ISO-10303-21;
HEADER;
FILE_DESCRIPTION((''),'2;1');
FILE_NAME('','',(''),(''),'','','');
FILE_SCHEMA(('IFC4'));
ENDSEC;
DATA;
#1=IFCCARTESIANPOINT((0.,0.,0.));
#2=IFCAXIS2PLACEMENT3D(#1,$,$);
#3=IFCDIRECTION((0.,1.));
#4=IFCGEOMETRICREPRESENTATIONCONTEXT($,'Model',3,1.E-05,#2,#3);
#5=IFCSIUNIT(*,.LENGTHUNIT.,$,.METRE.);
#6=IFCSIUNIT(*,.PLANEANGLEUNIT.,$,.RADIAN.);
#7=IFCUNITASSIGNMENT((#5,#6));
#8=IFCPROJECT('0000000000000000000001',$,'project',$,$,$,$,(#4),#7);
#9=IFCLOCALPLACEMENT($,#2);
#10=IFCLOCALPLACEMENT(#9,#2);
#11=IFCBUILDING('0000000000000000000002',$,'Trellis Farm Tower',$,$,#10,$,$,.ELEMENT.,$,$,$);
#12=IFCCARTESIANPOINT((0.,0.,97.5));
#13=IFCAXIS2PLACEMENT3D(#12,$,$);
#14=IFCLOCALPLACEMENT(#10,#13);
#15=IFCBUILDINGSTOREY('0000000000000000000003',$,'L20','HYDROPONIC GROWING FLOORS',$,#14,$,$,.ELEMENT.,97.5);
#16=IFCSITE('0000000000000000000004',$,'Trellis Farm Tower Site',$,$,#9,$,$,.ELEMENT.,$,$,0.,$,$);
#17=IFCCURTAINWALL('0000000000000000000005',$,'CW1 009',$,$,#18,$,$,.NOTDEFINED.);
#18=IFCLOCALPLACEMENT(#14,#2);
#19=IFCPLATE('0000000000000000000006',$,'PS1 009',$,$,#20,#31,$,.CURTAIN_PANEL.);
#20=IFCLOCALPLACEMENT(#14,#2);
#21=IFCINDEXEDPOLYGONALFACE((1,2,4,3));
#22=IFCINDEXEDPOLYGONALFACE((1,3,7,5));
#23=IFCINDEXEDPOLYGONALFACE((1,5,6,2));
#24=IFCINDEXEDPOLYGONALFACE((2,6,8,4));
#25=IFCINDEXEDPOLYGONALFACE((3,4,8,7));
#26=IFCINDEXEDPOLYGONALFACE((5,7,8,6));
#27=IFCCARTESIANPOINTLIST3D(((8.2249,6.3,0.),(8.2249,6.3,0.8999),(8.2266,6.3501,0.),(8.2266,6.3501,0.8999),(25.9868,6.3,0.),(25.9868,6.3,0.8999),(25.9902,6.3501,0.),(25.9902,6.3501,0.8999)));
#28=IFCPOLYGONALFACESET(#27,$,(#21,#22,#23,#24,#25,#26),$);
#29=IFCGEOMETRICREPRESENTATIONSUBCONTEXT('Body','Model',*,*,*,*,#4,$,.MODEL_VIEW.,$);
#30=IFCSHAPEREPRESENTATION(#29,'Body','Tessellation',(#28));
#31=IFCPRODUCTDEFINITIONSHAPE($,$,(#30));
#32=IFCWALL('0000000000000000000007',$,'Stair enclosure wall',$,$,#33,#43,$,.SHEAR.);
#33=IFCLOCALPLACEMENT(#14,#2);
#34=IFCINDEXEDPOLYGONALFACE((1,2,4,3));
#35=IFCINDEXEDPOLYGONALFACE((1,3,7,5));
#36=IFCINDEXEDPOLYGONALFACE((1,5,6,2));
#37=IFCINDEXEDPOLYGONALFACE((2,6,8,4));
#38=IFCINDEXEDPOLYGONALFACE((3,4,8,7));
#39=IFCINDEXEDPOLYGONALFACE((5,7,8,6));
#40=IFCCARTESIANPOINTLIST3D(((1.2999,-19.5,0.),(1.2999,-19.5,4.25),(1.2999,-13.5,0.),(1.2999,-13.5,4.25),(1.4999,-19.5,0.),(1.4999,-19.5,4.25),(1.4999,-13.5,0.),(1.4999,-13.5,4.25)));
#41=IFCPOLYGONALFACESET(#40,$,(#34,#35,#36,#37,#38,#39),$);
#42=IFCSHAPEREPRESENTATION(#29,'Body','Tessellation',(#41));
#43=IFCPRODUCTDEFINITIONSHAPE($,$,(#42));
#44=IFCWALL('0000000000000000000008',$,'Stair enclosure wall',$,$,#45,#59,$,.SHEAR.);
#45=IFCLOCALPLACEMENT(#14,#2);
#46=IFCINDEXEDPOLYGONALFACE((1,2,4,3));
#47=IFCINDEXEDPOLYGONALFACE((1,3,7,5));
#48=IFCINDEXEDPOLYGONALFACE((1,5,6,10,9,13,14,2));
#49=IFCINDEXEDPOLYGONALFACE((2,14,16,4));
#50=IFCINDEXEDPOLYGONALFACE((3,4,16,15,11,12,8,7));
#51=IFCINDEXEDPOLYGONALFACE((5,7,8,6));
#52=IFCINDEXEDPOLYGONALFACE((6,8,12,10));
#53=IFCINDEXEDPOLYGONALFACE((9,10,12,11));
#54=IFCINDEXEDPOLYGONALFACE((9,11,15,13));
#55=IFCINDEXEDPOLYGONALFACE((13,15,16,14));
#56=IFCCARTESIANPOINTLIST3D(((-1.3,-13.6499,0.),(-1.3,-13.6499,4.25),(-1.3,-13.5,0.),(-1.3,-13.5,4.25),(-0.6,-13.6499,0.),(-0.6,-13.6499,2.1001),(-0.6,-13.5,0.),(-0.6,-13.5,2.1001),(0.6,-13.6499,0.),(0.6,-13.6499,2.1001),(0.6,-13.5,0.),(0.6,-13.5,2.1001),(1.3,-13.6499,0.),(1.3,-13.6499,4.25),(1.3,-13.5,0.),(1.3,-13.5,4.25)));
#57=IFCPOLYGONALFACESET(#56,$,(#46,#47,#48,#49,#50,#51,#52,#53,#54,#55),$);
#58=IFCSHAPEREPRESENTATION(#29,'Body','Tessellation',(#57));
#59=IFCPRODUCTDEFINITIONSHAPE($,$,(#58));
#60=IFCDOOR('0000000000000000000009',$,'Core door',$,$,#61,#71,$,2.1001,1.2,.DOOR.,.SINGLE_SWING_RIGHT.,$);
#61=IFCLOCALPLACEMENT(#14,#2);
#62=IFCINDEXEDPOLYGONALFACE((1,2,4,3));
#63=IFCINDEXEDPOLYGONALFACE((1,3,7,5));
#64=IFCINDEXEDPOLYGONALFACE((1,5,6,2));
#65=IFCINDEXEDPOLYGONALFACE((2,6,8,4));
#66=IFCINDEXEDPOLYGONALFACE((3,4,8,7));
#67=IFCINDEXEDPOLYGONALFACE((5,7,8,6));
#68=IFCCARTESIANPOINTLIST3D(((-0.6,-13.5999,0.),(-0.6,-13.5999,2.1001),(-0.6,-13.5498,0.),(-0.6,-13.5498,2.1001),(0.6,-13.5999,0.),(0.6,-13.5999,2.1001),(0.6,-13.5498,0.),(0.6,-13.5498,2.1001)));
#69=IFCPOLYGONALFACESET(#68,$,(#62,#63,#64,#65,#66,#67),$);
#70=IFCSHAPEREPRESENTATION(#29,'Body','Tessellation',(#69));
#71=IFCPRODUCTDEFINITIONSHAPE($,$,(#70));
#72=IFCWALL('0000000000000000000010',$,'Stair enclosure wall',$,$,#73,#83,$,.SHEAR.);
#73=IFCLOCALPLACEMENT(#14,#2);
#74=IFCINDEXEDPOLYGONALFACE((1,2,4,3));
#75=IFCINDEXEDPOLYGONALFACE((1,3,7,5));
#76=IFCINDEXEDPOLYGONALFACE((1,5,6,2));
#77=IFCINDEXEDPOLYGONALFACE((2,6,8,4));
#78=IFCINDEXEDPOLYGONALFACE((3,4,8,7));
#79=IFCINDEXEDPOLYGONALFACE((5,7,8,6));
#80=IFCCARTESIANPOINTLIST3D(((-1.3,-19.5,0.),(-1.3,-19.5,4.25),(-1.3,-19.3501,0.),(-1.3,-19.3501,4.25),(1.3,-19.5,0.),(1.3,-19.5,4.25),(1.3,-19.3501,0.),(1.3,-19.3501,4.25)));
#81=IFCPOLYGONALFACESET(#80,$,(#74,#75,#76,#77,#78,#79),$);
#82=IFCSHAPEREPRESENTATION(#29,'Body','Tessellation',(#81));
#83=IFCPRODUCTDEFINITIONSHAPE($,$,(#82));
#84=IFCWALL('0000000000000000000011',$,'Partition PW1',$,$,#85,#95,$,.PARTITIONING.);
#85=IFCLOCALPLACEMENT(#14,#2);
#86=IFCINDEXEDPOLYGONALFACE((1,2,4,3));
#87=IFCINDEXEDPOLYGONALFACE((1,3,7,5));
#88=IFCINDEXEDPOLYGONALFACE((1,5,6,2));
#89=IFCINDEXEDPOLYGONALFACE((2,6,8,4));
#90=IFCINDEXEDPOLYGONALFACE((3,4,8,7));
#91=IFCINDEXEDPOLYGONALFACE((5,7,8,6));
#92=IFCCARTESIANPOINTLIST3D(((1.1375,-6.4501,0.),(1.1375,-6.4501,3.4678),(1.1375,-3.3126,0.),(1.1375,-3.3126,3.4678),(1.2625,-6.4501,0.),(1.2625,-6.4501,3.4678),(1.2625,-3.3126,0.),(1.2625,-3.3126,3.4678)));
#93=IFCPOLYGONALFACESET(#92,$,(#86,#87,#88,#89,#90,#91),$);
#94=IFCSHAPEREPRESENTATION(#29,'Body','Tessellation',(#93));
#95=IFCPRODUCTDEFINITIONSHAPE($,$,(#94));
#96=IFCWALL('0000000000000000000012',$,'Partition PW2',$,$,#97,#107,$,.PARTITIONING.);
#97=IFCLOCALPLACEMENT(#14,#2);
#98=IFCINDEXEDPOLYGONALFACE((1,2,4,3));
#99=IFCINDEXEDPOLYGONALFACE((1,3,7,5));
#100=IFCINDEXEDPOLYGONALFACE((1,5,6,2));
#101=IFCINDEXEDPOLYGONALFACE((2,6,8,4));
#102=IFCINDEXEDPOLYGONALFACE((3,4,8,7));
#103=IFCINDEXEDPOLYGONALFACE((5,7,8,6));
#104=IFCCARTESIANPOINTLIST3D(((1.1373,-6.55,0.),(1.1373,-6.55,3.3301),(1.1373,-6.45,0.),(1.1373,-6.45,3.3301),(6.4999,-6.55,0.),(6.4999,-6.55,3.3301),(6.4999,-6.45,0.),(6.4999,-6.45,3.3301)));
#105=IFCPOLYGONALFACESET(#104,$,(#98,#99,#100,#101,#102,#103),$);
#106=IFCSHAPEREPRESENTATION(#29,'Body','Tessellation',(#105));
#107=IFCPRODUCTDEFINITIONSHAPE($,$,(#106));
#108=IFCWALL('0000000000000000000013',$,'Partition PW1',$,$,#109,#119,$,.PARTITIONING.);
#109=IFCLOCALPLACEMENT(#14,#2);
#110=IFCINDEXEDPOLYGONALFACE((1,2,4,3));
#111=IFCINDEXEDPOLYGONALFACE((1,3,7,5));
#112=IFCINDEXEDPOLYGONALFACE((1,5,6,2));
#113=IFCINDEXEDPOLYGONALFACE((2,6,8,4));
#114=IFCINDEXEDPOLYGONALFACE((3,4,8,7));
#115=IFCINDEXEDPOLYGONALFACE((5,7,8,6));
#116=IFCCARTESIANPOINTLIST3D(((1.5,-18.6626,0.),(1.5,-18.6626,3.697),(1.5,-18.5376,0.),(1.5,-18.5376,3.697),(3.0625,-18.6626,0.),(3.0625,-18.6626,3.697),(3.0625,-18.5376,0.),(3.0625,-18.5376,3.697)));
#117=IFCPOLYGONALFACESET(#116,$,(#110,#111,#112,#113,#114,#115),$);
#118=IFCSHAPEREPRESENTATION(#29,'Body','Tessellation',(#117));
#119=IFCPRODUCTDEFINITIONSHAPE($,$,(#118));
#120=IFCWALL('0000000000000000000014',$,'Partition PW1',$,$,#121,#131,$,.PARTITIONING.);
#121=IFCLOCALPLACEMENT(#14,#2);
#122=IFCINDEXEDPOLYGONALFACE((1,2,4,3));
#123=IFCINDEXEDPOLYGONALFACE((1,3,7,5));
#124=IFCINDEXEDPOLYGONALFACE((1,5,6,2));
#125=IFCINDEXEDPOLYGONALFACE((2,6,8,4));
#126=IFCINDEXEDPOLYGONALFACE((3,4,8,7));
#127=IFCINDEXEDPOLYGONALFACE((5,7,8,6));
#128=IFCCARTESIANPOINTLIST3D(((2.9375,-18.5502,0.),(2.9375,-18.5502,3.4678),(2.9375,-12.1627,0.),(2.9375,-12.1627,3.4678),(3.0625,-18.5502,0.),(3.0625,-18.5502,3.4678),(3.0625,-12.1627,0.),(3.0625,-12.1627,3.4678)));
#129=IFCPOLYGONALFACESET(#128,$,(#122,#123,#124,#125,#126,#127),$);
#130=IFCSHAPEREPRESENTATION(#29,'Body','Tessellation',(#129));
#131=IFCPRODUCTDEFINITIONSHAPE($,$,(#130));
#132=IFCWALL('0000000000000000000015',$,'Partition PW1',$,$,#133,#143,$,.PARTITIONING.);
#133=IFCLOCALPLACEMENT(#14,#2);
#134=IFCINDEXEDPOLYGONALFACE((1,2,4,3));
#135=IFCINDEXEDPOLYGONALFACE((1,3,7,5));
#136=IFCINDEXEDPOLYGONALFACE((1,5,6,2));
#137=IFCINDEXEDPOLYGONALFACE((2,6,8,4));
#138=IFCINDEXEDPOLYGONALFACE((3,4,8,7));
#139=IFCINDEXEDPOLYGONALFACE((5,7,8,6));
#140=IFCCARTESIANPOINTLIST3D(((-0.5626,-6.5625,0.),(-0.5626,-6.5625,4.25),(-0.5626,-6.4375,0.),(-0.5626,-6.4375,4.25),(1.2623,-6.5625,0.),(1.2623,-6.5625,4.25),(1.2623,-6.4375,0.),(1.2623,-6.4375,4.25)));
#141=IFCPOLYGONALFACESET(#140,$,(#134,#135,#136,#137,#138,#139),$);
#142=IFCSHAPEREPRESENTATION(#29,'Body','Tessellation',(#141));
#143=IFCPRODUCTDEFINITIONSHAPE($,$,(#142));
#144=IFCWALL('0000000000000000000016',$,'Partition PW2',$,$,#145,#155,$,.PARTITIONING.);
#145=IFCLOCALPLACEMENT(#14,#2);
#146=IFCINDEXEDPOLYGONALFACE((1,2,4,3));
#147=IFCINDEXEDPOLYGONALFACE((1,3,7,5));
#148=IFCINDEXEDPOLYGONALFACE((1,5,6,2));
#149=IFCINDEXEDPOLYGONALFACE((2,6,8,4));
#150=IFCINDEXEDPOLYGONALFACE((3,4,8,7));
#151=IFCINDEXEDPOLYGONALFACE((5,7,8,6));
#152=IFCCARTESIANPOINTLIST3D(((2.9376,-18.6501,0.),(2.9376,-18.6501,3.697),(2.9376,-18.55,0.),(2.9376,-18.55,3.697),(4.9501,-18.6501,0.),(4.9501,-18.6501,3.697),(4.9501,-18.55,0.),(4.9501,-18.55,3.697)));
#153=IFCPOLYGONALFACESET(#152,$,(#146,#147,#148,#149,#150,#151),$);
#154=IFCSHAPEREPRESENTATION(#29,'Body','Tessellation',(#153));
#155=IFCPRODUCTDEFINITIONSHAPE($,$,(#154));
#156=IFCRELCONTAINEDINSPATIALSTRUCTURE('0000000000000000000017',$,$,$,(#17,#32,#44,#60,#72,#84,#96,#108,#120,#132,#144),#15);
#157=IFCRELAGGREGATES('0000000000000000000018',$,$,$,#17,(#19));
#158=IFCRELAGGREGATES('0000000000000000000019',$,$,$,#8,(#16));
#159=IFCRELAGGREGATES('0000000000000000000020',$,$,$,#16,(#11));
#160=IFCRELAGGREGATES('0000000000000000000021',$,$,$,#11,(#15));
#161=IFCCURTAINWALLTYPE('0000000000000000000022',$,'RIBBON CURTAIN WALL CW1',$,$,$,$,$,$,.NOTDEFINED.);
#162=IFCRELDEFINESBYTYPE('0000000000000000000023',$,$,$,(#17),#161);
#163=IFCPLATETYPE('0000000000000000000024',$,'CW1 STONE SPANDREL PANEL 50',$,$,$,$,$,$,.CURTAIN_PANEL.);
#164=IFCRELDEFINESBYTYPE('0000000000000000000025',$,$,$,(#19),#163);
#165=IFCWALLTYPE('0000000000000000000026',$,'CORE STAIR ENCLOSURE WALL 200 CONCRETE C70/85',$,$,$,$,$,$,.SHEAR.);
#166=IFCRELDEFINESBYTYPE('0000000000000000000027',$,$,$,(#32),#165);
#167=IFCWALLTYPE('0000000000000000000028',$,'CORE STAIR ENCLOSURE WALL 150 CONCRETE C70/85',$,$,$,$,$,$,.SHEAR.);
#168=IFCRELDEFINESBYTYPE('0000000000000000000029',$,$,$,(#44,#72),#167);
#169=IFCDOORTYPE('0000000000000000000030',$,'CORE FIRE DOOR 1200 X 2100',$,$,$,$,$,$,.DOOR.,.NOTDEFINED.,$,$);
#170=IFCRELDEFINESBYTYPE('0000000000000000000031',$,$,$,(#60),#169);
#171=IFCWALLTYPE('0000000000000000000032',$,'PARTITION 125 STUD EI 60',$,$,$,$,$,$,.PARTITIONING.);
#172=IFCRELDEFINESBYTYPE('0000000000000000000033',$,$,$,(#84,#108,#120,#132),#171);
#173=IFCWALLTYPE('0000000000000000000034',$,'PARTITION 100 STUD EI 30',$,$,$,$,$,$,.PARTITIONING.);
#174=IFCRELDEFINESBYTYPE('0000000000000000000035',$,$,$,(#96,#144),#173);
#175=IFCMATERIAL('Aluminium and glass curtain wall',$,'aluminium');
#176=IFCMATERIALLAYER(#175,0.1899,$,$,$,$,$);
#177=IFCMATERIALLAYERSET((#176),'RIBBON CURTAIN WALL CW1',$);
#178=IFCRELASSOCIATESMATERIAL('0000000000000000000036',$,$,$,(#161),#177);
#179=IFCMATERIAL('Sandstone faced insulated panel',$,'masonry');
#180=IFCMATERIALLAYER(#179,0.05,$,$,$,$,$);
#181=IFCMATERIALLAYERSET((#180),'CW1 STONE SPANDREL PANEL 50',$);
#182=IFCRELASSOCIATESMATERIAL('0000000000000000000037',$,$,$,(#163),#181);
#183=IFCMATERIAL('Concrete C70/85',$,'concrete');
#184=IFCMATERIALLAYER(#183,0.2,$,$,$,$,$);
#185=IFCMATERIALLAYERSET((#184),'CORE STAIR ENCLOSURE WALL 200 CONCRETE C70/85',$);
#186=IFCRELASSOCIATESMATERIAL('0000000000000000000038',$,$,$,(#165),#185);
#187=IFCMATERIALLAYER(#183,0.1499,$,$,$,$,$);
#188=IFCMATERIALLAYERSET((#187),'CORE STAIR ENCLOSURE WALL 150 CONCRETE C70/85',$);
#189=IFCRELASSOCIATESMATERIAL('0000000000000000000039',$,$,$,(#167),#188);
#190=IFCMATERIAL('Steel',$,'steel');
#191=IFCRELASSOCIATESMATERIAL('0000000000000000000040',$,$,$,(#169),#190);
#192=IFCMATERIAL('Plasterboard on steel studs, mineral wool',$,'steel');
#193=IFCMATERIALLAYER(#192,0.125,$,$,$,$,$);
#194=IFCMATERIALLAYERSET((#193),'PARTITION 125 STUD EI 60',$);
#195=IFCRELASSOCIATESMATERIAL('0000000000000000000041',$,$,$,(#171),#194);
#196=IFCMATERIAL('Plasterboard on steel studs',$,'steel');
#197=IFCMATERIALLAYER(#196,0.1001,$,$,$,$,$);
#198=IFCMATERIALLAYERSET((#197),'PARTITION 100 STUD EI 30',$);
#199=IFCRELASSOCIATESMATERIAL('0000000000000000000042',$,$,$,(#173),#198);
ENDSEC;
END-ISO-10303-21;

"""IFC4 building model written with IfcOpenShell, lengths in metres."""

from ifc_helpers import new_model, si_unit, direction, frame, frame_2d, origin, place, context, subcontext, project, spatial, polyline, rectangle, outline, extrude, source, transform, mapped, material, layer, layer_set, type_object, element, fill, aggregate, save


model = new_model("IFC4")

# Units and contexts
model_context = context("Model", 3, precision=1e-05, world=origin(), true_north=direction((0.0, 1.0)))
body_context = subcontext(model_context, "Body", "Model", "MODEL_VIEW")
ifc_project = project(units=[si_unit("LENGTHUNIT", "METRE"), si_unit("PLANEANGLEUNIT", "RADIAN")], contexts=[model_context])

# Site, building, storey
site_placement = place(None, origin())
site = spatial("IfcSite", under=ifc_project, at=site_placement, Name="Trellis Farm Tower Site", CompositionType="ELEMENT", RefElevation=0.0)
building_placement = place(site_placement, origin())
building = spatial("IfcBuilding", under=site, at=building_placement, Name="Trellis Farm Tower", CompositionType="ELEMENT")
storey_placement = place(building_placement, frame((0.0, 0.0, 97.5)))
storey = spatial("IfcBuildingStorey", under=building, at=storey_placement, Name="L20", Description="HYDROPONIC GROWING FLOORS", CompositionType="ELEMENT", Elevation=97.5)

# Shared definitions
ifc_material_1 = material(Name="Aluminium and glass curtain wall", Category="aluminium")
ifc_layer_1 = layer(ifc_material_1, 0.1899)
ifc_layer_set_1 = layer_set([ifc_layer_1], Name="RIBBON CURTAIN WALL CW1")
curtain_wall_type_1 = type_object("IfcCurtainWallType", Name="RIBBON CURTAIN WALL CW1", PredefinedType="NOTDEFINED", material=ifc_layer_set_1)
placement_1 = place(storey_placement, origin())

# Curtain wall
curtain_wall_1 = element("IfcCurtainWall", 1, at=placement_1, inside=storey, type_object=curtain_wall_type_1, Name="CW1 009", PredefinedType="NOTDEFINED")

# Shared definitions
ifc_material_2 = material(Name="Sandstone faced insulated panel", Category="masonry")
ifc_layer_2 = layer(ifc_material_2, 0.05)
ifc_layer_set_2 = layer_set([ifc_layer_2], Name="CW1 STONE SPANDREL PANEL 50")
plate_type_1 = type_object("IfcPlateType", Name="CW1 STONE SPANDREL PANEL 50", PredefinedType="CURTAIN_PANEL", material=ifc_layer_set_2)

# Plate
shared_shape_1 = source(origin(), body_context, "Body", "SweptSolid", [
    extrude(outline(polyline([(25.9902, 6.3501), (8.2266, 6.3501), (8.2249, 6.3), (25.9868, 6.3), (25.9902, 6.3501)])), origin(), (0.0, 0.0, 1.0), 0.8999),
])
plate_1 = element("IfcPlate", 2, at=placement_1, type_object=plate_type_1, Name="PS1 009", PredefinedType="CURTAIN_PANEL", context=body_context, shape_type="MappedRepresentation", body=[
    mapped(shared_shape_1, transform((0.0, 0.0, 0.0))),
])
aggregate(curtain_wall_1, [plate_1])

# Wall
ifc_material_3 = material(Name="Concrete C70/85", Category="concrete")
ifc_layer_3 = layer(ifc_material_3, 0.2)
ifc_layer_set_3 = layer_set([ifc_layer_3], Name="CORE STAIR ENCLOSURE WALL 200 CONCRETE C70/85")
wall_type_1 = type_object("IfcWallType", Name="CORE STAIR ENCLOSURE WALL 200 CONCRETE C70/85", PredefinedType="SHEAR", material=ifc_layer_set_3)
shared_shape_2 = source(origin(), body_context, "Body", "SweptSolid", [
    extrude(rectangle(XDim=6.0, YDim=0.2, at=frame_2d((3.0, 0.0))), origin(), (0.0, 0.0, 1.0), 4.25),
])
wall_1_placement = place(storey_placement, frame((1.3999, -13.5, 0.0), z_axis=(0.0, 0.0, 1.0), x_axis=(0.0, -1.0, 0.0)))
element("IfcWall", 3, at=wall_1_placement, inside=storey, type_object=wall_type_1, Name="Stair enclosure wall", PredefinedType="SHEAR", context=body_context, shape_type="MappedRepresentation", body=[
    mapped(shared_shape_2, transform((0.0, 0.0, 0.0))),
])

# Wall, opening, door
ifc_layer_4 = layer(ifc_material_3, 0.1499)
ifc_layer_set_4 = layer_set([ifc_layer_4], Name="CORE STAIR ENCLOSURE WALL 150 CONCRETE C70/85")
wall_type_2 = type_object("IfcWallType", Name="CORE STAIR ENCLOSURE WALL 150 CONCRETE C70/85", PredefinedType="SHEAR", material=ifc_layer_set_4)
shared_shape_3 = source(origin(), body_context, "Body", "SweptSolid", [
    extrude(rectangle(XDim=2.6001, YDim=0.1499, at=frame_2d((1.3, 0.0))), origin(), (0.0, 0.0, 1.0), 4.25),
])
wall_2_placement = place(storey_placement, frame((1.3, -13.575, 0.0), z_axis=(0.0, 0.0, 1.0), x_axis=(-1.0, 0.0, 0.0)))
wall_2 = element("IfcWall", 4, at=wall_2_placement, inside=storey, type_object=wall_type_2, Name="Stair enclosure wall", PredefinedType="SHEAR", context=body_context, shape_type="MappedRepresentation", body=[
    mapped(shared_shape_3, transform((0.0, 0.0, 0.0))),
])
shared_shape_4 = source(origin(), body_context, "Body", "SweptSolid", [
    extrude(rectangle(XDim=1.2, YDim=2.1001, at=frame_2d((0.6001, 1.05))), frame((0.0, 0.085, 0.0), z_axis=(0.0, -1.0, 0.0), x_axis=(1.0, 0.0, 0.0)), (0.0, 0.0, 1.0), 0.1699),
])
opening_placement = place(wall_2_placement, frame((0.7, 0.0, 0.0)))
opening = element("IfcOpeningElement", 5, at=opening_placement, cuts=wall_2, PredefinedType="OPENING", context=body_context, shape_type="MappedRepresentation", body=[
    mapped(shared_shape_4, transform((0.0, 0.0, 0.0))),
])
ifc_material_4 = material(Name="Steel", Category="steel")
door_type = type_object("IfcDoorType", Name="CORE FIRE DOOR 1200 X 2100", OperationType="NOTDEFINED", PredefinedType="DOOR", material=ifc_material_4)
shared_shape_5 = source(origin(), body_context, "Body", "SweptSolid", [
    extrude(rectangle(XDim=1.2, YDim=2.1001, at=frame_2d((0.6001, 1.05))), frame((0.0, 0.0249, 0.0), z_axis=(0.0, -1.0, 0.0), x_axis=(1.0, 0.0, 0.0)), (0.0, 0.0, 1.0), 0.05),
])
door_placement = place(opening_placement, origin())
door = element("IfcDoor", 6, at=door_placement, inside=storey, type_object=door_type, Name="Core door", OperationType="SINGLE_SWING_RIGHT", OverallHeight=2.1001, OverallWidth=1.2, PredefinedType="DOOR", context=body_context, shape_type="MappedRepresentation", body=[
    mapped(shared_shape_5, transform((0.0, 0.0, 0.0))),
])
fill(opening, door)

# Walls
wall_3_placement = place(storey_placement, frame((1.3, -19.425, 0.0), z_axis=(0.0, 0.0, 1.0), x_axis=(-1.0, 0.0, 0.0)))
element("IfcWall", 7, at=wall_3_placement, inside=storey, type_object=wall_type_2, Name="Stair enclosure wall", PredefinedType="SHEAR", context=body_context, shape_type="MappedRepresentation", body=[
    mapped(shared_shape_3, transform((0.0, 0.0, 0.0))),
])
ifc_material_5 = material(Name="Plasterboard on steel studs, mineral wool", Category="steel")
ifc_layer_5 = layer(ifc_material_5, 0.125)
ifc_layer_set_5 = layer_set([ifc_layer_5], Name="PARTITION 125 STUD EI 60")
wall_type_3 = type_object("IfcWallType", Name="PARTITION 125 STUD EI 60", PredefinedType="PARTITIONING", material=ifc_layer_set_5)
shared_shape_6 = source(origin(), body_context, "Body", "SweptSolid", [
    extrude(rectangle(XDim=3.1375, YDim=0.125, at=frame_2d((1.5688, 0.0))), origin(), (0.0, 0.0, 1.0), 3.4678),
])
wall_4_placement = place(storey_placement, frame((1.2, -3.3125, 0.0), z_axis=(0.0, 0.0, 1.0), x_axis=(0.0, -1.0, 0.0)))
element("IfcWall", 8, at=wall_4_placement, inside=storey, type_object=wall_type_3, Name="Partition PW1", PredefinedType="PARTITIONING", context=body_context, shape_type="MappedRepresentation", body=[
    mapped(shared_shape_6, transform((0.0, 0.0, 0.0))),
])
ifc_material_6 = material(Name="Plasterboard on steel studs", Category="steel")
ifc_layer_6 = layer(ifc_material_6, 0.1001)
ifc_layer_set_6 = layer_set([ifc_layer_6], Name="PARTITION 100 STUD EI 30")
wall_type_4 = type_object("IfcWallType", Name="PARTITION 100 STUD EI 30", PredefinedType="PARTITIONING", material=ifc_layer_set_6)
shared_shape_7 = source(origin(), body_context, "Body", "SweptSolid", [
    extrude(rectangle(XDim=5.3625, YDim=0.1001, at=frame_2d((2.6812, 0.0))), origin(), (0.0, 0.0, 1.0), 3.3301),
])
wall_5_placement = place(storey_placement, frame((1.1375, -6.5, 0.0), z_axis=(0.0, 0.0, 1.0), x_axis=(1.0, 0.0, 0.0)))
element("IfcWall", 9, at=wall_5_placement, inside=storey, type_object=wall_type_4, Name="Partition PW2", PredefinedType="PARTITIONING", context=body_context, shape_type="MappedRepresentation", body=[
    mapped(shared_shape_7, transform((0.0, 0.0, 0.0))),
])
shared_shape_8 = source(origin(), body_context, "Body", "SweptSolid", [
    extrude(rectangle(XDim=1.5625, YDim=0.125, at=frame_2d((0.7812, 0.0))), origin(), (0.0, 0.0, 1.0), 3.697),
])
wall_6_placement = place(storey_placement, frame((3.0625, -18.6001, 0.0), z_axis=(0.0, 0.0, 1.0), x_axis=(-1.0, 0.0, 0.0)))
element("IfcWall", 10, at=wall_6_placement, inside=storey, type_object=wall_type_3, Name="Partition PW1", PredefinedType="PARTITIONING", context=body_context, shape_type="MappedRepresentation", body=[
    mapped(shared_shape_8, transform((0.0, 0.0, 0.0))),
])
shared_shape_9 = source(origin(), body_context, "Body", "SweptSolid", [
    extrude(rectangle(XDim=6.3875, YDim=0.125, at=frame_2d((3.1938, 0.0))), origin(), (0.0, 0.0, 1.0), 3.4678),
])
wall_7_placement = place(storey_placement, frame((3.0, -12.1626, 0.0), z_axis=(0.0, 0.0, 1.0), x_axis=(0.0, -1.0, 0.0)))
element("IfcWall", 11, at=wall_7_placement, inside=storey, type_object=wall_type_3, Name="Partition PW1", PredefinedType="PARTITIONING", context=body_context, shape_type="MappedRepresentation", body=[
    mapped(shared_shape_9, transform((0.0, 0.0, 0.0))),
])
shared_shape_10 = source(origin(), body_context, "Body", "SweptSolid", [
    extrude(rectangle(XDim=1.825, YDim=0.125, at=frame_2d((0.9126, 0.0))), origin(), (0.0, 0.0, 1.0), 4.25),
])
wall_8_placement = place(storey_placement, frame((1.2625, -6.5, 0.0), z_axis=(0.0, 0.0, 1.0), x_axis=(-1.0, 0.0, 0.0)))
element("IfcWall", 12, at=wall_8_placement, inside=storey, type_object=wall_type_3, Name="Partition PW1", PredefinedType="PARTITIONING", context=body_context, shape_type="MappedRepresentation", body=[
    mapped(shared_shape_10, transform((0.0, 0.0, 0.0))),
])
shared_shape_11 = source(origin(), body_context, "Body", "SweptSolid", [
    extrude(rectangle(XDim=2.0125, YDim=0.1001, at=frame_2d((1.0063, 0.0))), origin(), (0.0, 0.0, 1.0), 3.697),
])
wall_9_placement = place(storey_placement, frame((2.9375, -18.6001, 0.0), z_axis=(0.0, 0.0, 1.0), x_axis=(1.0, 0.0, 0.0)))
element("IfcWall", 13, at=wall_9_placement, inside=storey, type_object=wall_type_4, Name="Partition PW2", PredefinedType="PARTITIONING", context=body_context, shape_type="MappedRepresentation", body=[
    mapped(shared_shape_11, transform((0.0, 0.0, 0.0))),
])

save(model, "model.ifc")
